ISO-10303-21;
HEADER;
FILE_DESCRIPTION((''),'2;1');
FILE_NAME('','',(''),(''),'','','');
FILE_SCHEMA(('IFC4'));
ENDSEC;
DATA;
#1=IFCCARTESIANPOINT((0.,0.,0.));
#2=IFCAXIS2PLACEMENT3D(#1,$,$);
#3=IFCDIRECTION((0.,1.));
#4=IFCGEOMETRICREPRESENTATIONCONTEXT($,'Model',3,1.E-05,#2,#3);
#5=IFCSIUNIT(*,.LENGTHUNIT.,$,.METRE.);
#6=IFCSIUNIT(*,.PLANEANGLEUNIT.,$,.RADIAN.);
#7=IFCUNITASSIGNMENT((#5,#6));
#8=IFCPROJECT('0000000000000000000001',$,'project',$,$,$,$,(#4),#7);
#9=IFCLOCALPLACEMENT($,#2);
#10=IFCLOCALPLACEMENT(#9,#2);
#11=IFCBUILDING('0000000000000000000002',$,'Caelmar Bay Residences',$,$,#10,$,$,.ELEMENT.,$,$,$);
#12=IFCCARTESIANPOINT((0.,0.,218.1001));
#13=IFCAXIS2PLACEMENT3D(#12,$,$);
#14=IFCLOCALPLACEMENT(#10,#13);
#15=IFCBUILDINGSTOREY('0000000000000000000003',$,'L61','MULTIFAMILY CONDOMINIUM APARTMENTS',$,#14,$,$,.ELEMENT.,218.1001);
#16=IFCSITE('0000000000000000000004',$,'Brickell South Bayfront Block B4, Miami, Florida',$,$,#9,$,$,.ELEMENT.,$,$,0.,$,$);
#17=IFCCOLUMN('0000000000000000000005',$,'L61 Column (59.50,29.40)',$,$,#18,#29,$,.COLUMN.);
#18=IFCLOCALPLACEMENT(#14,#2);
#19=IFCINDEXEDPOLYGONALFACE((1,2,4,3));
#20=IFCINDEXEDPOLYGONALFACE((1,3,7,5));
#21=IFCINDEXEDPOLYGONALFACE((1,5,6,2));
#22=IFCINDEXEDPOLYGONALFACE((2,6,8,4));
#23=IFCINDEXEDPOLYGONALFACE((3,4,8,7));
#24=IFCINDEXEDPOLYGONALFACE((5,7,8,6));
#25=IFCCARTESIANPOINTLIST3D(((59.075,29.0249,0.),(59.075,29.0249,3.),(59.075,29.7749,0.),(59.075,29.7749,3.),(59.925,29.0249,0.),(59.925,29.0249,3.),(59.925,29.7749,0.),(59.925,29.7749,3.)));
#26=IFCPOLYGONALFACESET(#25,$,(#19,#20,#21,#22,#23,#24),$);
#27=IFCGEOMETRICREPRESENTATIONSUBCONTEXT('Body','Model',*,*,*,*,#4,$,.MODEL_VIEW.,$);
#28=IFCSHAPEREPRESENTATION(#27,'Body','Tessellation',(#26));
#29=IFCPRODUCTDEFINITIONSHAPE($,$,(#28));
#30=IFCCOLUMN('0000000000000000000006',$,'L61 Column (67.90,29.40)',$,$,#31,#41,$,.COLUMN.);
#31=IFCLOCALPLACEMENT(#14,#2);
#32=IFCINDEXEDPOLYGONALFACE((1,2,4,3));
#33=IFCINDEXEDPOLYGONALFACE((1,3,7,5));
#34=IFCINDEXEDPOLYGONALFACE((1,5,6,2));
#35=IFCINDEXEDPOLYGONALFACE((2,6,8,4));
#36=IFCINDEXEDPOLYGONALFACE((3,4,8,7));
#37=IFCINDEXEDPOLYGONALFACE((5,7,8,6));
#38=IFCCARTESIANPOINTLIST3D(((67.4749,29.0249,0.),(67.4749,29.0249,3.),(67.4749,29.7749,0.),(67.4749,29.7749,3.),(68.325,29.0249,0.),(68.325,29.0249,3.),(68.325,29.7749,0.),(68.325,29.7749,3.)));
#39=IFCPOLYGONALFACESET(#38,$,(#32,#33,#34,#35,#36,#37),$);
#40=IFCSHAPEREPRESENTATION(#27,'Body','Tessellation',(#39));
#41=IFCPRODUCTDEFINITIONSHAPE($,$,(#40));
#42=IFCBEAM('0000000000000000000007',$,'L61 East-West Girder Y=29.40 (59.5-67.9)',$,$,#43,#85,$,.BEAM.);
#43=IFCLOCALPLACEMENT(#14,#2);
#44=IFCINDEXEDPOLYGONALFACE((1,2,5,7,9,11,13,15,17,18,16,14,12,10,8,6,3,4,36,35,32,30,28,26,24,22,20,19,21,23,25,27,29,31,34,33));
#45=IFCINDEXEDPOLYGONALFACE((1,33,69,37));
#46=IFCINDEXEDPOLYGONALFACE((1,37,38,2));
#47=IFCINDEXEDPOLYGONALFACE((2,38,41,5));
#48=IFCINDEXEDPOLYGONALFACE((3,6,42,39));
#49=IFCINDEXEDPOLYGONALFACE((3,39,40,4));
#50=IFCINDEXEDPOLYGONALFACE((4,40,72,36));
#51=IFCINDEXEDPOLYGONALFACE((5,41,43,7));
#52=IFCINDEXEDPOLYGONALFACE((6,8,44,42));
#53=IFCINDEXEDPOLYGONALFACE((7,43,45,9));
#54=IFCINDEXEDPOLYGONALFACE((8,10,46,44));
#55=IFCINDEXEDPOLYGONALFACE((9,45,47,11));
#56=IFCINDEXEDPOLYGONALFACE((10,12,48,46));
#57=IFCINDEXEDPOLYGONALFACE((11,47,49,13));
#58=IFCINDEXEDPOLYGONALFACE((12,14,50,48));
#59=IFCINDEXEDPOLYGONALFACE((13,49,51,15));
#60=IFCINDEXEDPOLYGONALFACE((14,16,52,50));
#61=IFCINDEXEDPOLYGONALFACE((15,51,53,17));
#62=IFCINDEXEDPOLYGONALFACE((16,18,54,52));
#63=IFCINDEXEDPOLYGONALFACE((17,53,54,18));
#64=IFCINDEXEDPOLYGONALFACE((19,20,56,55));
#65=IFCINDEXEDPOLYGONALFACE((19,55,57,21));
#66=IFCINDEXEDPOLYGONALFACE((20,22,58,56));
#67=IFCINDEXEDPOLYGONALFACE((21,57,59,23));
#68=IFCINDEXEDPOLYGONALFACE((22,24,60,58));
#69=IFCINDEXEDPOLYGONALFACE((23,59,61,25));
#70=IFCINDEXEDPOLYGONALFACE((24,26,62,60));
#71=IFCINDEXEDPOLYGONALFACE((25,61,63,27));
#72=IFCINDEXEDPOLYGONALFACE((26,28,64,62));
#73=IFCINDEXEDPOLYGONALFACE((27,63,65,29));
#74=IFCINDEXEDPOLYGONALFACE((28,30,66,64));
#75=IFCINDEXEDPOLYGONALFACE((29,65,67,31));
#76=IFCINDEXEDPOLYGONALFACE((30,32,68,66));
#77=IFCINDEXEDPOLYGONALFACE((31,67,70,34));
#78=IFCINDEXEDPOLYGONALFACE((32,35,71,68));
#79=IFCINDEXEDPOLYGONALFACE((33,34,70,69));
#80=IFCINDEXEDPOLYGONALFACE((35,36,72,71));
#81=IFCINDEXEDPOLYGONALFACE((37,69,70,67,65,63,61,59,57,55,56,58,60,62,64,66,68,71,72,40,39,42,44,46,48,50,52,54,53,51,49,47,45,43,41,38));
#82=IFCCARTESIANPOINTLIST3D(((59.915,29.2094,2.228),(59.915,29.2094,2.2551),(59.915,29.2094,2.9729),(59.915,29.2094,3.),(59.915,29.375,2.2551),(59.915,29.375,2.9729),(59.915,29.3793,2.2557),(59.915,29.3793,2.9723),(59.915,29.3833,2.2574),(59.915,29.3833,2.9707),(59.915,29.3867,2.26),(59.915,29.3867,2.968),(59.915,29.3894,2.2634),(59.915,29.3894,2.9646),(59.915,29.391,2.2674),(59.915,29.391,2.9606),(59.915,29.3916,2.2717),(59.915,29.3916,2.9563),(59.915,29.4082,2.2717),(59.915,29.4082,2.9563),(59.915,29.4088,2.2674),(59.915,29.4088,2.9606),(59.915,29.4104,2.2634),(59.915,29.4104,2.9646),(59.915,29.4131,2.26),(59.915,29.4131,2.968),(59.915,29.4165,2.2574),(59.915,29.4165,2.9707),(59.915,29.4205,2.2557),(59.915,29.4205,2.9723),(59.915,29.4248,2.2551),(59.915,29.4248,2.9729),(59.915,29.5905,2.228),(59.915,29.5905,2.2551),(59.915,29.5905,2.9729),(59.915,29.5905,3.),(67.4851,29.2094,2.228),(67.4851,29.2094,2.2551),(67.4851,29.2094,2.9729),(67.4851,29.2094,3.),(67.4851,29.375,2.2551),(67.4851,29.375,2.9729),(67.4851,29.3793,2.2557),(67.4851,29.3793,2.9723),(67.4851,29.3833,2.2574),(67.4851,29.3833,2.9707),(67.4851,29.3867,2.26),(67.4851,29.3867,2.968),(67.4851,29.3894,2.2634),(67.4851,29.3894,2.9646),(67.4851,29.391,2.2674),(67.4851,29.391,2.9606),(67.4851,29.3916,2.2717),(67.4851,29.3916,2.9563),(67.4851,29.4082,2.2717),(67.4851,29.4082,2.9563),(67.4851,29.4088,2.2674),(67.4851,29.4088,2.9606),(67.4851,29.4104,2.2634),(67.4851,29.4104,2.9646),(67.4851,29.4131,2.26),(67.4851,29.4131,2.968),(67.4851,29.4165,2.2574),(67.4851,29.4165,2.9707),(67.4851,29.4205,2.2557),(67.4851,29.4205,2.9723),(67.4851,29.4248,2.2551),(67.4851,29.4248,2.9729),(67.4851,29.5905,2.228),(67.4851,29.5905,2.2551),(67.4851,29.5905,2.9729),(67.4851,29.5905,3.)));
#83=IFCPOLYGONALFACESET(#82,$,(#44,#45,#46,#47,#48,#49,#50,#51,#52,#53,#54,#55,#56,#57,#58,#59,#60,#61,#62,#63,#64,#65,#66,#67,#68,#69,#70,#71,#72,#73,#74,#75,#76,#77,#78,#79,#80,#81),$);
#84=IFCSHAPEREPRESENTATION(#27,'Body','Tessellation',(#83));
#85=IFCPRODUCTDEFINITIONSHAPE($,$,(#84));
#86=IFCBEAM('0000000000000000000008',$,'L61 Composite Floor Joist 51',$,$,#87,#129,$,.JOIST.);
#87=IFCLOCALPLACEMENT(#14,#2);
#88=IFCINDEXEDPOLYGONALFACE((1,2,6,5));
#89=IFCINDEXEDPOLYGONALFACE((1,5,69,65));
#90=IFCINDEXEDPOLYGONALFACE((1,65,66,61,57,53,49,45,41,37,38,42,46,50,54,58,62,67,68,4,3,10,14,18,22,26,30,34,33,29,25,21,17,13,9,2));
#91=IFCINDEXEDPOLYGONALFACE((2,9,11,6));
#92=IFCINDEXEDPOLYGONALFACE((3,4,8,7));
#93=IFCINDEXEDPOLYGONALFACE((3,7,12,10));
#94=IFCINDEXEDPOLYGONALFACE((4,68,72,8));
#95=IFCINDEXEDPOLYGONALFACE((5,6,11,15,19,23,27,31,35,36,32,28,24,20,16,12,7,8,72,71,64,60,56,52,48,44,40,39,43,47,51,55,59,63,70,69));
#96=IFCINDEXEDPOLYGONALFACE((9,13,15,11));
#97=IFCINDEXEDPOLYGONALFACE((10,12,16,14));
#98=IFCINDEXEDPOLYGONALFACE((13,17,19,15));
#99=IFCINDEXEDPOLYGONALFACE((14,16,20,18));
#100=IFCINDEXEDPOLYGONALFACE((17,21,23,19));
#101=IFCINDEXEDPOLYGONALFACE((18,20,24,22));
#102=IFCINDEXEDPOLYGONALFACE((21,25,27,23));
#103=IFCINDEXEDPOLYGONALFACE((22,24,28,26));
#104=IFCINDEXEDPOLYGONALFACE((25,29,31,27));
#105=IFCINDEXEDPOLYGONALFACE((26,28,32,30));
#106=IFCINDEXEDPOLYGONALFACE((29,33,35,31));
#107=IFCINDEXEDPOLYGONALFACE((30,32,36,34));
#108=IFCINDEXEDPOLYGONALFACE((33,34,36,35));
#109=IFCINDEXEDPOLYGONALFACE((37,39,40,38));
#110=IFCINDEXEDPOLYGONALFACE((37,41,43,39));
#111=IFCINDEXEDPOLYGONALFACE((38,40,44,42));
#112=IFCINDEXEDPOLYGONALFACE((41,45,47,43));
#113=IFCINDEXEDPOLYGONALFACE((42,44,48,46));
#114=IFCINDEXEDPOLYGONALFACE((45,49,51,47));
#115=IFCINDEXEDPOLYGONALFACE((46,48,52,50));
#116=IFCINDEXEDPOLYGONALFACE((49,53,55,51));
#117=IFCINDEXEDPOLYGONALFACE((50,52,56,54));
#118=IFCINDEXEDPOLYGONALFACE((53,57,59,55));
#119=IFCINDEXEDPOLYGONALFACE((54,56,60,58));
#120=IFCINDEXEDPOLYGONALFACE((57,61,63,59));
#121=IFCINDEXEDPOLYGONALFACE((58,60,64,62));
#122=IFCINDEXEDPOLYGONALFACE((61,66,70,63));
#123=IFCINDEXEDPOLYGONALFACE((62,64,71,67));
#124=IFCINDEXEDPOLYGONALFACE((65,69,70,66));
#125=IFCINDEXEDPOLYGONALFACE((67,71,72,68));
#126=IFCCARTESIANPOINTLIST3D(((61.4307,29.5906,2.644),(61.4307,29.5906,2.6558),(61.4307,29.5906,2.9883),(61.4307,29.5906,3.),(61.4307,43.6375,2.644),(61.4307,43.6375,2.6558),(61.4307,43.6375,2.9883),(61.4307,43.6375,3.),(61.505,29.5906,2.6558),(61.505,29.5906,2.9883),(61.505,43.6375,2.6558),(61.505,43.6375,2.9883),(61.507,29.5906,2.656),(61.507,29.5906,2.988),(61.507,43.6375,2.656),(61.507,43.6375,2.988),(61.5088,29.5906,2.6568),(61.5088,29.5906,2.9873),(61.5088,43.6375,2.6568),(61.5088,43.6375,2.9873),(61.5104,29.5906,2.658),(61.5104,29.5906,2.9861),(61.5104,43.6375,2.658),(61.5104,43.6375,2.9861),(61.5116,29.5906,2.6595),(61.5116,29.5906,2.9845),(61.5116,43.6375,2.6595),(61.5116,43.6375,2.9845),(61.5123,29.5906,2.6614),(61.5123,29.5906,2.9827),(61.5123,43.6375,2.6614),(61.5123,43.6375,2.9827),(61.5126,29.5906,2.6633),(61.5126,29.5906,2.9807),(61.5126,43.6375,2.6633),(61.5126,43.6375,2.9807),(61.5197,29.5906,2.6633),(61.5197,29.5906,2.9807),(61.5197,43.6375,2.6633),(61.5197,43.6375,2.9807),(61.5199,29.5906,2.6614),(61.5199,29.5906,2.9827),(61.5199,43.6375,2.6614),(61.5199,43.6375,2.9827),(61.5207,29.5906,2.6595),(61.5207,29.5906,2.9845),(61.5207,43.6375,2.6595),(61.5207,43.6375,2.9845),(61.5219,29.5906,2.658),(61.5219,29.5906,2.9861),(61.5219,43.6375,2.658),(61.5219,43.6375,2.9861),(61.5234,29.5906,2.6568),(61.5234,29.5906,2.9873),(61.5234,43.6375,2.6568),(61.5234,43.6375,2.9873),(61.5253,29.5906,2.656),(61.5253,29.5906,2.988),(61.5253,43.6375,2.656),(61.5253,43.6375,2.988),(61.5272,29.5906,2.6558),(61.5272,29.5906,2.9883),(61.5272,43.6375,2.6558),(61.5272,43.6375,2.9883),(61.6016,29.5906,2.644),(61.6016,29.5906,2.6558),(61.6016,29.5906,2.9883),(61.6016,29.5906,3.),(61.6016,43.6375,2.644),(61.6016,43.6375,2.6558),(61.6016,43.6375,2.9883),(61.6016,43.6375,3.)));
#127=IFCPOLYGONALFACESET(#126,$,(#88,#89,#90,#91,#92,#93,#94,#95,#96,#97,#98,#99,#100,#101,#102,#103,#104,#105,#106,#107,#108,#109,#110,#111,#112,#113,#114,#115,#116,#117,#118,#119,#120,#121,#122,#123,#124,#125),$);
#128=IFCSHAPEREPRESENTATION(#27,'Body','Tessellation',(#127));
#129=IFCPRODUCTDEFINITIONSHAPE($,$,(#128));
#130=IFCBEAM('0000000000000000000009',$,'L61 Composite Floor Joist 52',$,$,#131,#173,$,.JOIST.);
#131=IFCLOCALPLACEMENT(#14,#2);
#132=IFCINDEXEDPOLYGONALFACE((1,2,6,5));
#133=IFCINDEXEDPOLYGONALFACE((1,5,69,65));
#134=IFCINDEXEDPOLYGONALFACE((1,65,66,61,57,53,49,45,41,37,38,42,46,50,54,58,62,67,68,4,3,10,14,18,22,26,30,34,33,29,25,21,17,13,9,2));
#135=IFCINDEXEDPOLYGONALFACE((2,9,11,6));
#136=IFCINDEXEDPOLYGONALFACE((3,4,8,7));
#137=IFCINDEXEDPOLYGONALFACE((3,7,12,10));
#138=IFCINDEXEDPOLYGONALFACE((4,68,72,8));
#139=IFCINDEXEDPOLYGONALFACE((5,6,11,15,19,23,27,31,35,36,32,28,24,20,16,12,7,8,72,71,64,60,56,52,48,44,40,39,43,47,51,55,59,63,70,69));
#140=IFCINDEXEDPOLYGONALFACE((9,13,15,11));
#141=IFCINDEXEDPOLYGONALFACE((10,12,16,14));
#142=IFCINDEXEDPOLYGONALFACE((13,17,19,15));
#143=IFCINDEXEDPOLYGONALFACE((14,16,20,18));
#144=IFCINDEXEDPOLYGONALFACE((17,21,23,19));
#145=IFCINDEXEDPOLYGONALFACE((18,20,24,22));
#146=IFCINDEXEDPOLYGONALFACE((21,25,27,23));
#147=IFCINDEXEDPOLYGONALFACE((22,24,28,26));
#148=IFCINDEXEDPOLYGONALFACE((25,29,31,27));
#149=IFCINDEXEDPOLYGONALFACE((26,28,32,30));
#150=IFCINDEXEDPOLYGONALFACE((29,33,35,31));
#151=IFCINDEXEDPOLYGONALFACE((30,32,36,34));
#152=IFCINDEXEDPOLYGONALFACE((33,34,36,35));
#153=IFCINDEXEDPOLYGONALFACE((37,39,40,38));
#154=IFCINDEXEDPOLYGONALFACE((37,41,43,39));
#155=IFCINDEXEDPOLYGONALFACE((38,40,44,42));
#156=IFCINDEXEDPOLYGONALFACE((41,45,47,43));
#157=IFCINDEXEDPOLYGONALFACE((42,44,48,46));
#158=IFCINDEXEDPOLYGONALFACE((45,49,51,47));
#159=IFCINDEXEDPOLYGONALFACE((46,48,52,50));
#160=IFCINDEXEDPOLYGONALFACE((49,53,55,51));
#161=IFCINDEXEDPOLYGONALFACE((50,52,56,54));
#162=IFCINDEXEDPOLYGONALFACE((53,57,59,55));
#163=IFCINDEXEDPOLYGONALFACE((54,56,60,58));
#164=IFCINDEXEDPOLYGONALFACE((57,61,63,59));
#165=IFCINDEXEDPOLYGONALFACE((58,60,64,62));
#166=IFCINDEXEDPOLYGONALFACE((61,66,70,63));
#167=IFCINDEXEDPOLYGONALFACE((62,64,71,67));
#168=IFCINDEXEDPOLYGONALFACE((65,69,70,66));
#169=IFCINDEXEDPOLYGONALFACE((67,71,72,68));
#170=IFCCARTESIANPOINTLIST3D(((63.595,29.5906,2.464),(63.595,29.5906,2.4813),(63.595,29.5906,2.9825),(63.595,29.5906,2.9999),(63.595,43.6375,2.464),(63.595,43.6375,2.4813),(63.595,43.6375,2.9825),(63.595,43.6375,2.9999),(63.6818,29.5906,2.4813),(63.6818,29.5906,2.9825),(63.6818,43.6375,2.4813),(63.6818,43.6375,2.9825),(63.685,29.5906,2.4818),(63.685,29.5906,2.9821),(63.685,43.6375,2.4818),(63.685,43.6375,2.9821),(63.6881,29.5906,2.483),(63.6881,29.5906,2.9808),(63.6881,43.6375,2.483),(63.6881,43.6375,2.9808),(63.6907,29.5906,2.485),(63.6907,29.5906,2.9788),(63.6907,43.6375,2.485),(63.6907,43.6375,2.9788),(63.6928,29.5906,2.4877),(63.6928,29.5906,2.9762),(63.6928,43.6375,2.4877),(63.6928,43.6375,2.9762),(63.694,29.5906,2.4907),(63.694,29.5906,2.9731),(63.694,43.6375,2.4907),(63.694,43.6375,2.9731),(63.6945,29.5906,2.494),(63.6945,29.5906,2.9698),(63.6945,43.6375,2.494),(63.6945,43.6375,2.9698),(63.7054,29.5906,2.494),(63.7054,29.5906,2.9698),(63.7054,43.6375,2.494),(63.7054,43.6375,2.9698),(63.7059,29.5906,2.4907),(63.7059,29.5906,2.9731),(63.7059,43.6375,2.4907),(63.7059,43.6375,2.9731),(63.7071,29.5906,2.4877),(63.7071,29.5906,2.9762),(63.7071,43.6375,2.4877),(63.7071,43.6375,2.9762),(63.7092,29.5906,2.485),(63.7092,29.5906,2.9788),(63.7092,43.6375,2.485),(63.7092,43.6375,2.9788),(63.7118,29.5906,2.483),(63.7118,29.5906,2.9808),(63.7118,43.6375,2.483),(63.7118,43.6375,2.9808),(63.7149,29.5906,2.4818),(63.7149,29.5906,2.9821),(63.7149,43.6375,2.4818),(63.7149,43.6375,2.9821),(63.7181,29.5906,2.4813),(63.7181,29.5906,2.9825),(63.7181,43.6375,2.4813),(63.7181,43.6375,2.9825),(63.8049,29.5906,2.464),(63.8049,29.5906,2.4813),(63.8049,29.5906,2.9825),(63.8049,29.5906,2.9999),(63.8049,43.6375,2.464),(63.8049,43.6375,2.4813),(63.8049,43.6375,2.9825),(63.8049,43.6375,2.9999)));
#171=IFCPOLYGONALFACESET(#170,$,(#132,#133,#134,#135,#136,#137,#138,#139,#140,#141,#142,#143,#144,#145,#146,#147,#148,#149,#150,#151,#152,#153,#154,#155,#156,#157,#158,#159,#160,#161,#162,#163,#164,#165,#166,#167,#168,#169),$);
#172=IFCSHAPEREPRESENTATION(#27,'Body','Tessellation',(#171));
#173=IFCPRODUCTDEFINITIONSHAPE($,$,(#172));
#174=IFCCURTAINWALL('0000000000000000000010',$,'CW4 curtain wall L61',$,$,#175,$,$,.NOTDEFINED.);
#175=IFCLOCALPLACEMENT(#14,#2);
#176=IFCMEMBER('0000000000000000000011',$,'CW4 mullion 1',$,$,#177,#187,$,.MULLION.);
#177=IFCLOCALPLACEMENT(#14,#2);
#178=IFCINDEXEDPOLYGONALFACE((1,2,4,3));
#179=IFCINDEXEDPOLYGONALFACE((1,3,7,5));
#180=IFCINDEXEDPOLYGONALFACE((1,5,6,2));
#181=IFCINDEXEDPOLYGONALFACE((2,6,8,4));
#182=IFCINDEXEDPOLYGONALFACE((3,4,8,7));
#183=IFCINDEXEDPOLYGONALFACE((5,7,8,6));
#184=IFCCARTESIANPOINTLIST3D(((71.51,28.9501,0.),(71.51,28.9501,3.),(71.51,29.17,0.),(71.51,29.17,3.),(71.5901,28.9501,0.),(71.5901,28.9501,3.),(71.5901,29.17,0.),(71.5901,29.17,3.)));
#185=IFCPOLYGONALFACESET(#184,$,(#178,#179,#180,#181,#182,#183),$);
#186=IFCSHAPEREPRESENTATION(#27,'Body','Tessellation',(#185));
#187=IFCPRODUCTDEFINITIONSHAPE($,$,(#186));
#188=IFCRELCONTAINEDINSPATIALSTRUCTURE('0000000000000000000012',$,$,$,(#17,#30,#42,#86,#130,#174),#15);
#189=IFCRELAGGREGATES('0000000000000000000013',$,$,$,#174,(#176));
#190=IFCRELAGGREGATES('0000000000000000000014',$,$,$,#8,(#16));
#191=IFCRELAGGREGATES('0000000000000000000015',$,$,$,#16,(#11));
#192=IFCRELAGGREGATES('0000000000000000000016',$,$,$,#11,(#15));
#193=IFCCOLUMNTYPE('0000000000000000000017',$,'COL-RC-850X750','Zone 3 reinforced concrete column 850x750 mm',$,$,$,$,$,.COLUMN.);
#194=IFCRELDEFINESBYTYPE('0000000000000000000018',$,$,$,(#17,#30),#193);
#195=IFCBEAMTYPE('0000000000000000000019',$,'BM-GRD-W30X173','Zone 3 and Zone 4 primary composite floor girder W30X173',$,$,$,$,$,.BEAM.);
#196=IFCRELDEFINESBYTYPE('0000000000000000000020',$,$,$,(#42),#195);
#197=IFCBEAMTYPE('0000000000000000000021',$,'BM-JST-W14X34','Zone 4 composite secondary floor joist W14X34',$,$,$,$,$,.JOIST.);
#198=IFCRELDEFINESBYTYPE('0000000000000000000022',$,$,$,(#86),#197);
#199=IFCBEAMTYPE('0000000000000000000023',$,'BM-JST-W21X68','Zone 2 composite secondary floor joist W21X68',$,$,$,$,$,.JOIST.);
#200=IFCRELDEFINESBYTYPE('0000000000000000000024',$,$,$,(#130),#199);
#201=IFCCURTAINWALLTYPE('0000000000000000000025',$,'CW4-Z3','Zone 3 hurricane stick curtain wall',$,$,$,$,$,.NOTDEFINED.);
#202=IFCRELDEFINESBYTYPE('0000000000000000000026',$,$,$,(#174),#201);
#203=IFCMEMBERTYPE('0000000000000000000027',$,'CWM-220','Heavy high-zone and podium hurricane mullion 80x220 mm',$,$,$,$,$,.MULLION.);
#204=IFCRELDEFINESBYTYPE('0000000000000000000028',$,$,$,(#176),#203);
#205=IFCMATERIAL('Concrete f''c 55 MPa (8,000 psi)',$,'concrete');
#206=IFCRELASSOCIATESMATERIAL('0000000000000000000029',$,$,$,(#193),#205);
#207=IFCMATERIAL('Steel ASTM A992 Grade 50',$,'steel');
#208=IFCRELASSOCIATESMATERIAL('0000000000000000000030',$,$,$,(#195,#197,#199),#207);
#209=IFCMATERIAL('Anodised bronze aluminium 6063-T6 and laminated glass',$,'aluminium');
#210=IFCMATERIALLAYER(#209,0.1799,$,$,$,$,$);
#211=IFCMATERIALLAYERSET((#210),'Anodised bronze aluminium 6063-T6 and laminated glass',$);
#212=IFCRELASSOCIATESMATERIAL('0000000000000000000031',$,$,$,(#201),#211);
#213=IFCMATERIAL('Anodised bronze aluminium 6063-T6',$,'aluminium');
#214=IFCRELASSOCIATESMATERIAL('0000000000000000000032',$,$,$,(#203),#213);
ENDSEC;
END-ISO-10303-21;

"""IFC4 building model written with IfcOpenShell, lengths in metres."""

from ifc_helpers import new_model, si_unit, direction, frame, origin, origin_2d, place, context, subcontext, project, spatial, rectangle, i_section, extrude, material, layer, layer_set, material_profile, profile_set, type_object, element, aggregate, save


model = new_model("IFC4")

# Units and contexts
model_context = context("Model", 3, precision=1e-05, world=origin(), true_north=direction((0.0, 1.0)))
body_context = subcontext(model_context, "Body", "Model", "MODEL_VIEW")
ifc_project = project(units=[si_unit("LENGTHUNIT", "METRE"), si_unit("PLANEANGLEUNIT", "RADIAN")], contexts=[model_context])

# Site, building, storey
site_placement = place(None, origin())
site = spatial("IfcSite", under=ifc_project, at=site_placement, Name="Brickell South Bayfront Block B4, Miami, Florida", CompositionType="ELEMENT", RefElevation=0.0)
building_placement = place(site_placement, origin())
building = spatial("IfcBuilding", under=site, at=building_placement, Name="Caelmar Bay Residences", CompositionType="ELEMENT")
storey_placement = place(building_placement, frame((0.0, 0.0, 218.1001)))
storey = spatial("IfcBuildingStorey", under=building, at=storey_placement, Name="L61", Description="MULTIFAMILY CONDOMINIUM APARTMENTS", CompositionType="ELEMENT", Elevation=218.1001)

# Columns
ifc_material_1 = material(Name="Concrete f'c 55 MPa (8,000 psi)", Category="concrete")
ifc_material_profile_1 = material_profile(ifc_material_1, rectangle(XDim=0.8501, YDim=0.75, at=origin_2d()), Name="RC-COL-850X750")
ifc_profile_set_1 = profile_set([ifc_material_profile_1], Name="Concrete f'c 55 MPa (8,000 psi)")
column_type = type_object("IfcColumnType", Name="COL-RC-850X750", Description="Zone 3 reinforced concrete column 850x750 mm", PredefinedType="COLUMN", material=ifc_profile_set_1)
for number, where, z_axis, x_axis, name in (
    (1, (59.5, 29.3999, 0.0), (0.0, 0.0, 1.0), (1.0, 0.0, 0.0), "L61 Column (59.50,29.40)"),
    (2, (67.8999, 29.3999, 0.0), (0.0, 0.0, 1.0), (1.0, 0.0, 0.0), "L61 Column (67.90,29.40)"),
):
    element("IfcColumn", number, at=place(storey_placement, frame(where, z_axis=z_axis, x_axis=x_axis)), inside=storey, type_object=column_type, Name=name, PredefinedType="COLUMN", context=body_context, shape_type="SweptSolid", body=[
        extrude(rectangle(XDim=0.8501, YDim=0.75, at=origin_2d()), origin(), (0.0, 0.0, 1.0), 3.0),
    ])

# Beams
ifc_material_2 = material(Name="Steel ASTM A992 Grade 50", Category="steel")
ifc_material_profile_2 = material_profile(ifc_material_2, i_section(OverallWidth=0.3811, OverallDepth=0.772, WebThickness=0.0166, FlangeThickness=0.0271, FilletRadius=0.0166, at=origin_2d()), Name="W30X173")
ifc_profile_set_2 = profile_set([ifc_material_profile_2], Name="Steel ASTM A992 Grade 50")
beam_type_1 = type_object("IfcBeamType", Name="BM-GRD-W30X173", Description="Zone 3 and Zone 4 primary composite floor girder W30X173", PredefinedType="BEAM", material=ifc_profile_set_2)
beam_1_placement = place(storey_placement, frame((59.915, 29.3999, 2.614), z_axis=(1.0, 0.0, 0.0), x_axis=(0.0, 1.0, 0.0)))
element("IfcBeam", 3, at=beam_1_placement, inside=storey, type_object=beam_type_1, Name="L61 East-West Girder Y=29.40 (59.5-67.9)", PredefinedType="BEAM", context=body_context, shape_type="SweptSolid", body=[
    extrude(i_section(OverallWidth=0.3811, OverallDepth=0.772, WebThickness=0.0166, FlangeThickness=0.0271, FilletRadius=0.0166, at=origin_2d()), origin(), (0.0, 0.0, 1.0), 7.5701),
])
ifc_material_profile_3 = material_profile(ifc_material_2, i_section(OverallWidth=0.1709, OverallDepth=0.356, WebThickness=0.0071, FlangeThickness=0.0117, FilletRadius=0.0076, at=origin_2d()), Name="W14X34")
ifc_profile_set_3 = profile_set([ifc_material_profile_3], Name="Steel ASTM A992 Grade 50")
beam_type_2 = type_object("IfcBeamType", Name="BM-JST-W14X34", Description="Zone 4 composite secondary floor joist W14X34", PredefinedType="JOIST", material=ifc_profile_set_3)
beam_2_placement = place(storey_placement, frame((61.5161, 29.5906, 2.822), z_axis=(0.0, 1.0, 0.0), x_axis=(-1.0, 0.0, 0.0)))
element("IfcBeam", 4, at=beam_2_placement, inside=storey, type_object=beam_type_2, Name="L61 Composite Floor Joist 51", PredefinedType="JOIST", context=body_context, shape_type="SweptSolid", body=[
    extrude(i_section(OverallWidth=0.1709, OverallDepth=0.356, WebThickness=0.0071, FlangeThickness=0.0117, FilletRadius=0.0076, at=origin_2d()), origin(), (0.0, 0.0, 1.0), 14.0469),
])
ifc_material_profile_4 = material_profile(ifc_material_2, i_section(OverallWidth=0.21, OverallDepth=0.5359, WebThickness=0.011, FlangeThickness=0.0173, FilletRadius=0.0127, at=origin_2d()), Name="W21X68")
ifc_profile_set_4 = profile_set([ifc_material_profile_4], Name="Steel ASTM A992 Grade 50")
beam_type_3 = type_object("IfcBeamType", Name="BM-JST-W21X68", Description="Zone 2 composite secondary floor joist W21X68", PredefinedType="JOIST", material=ifc_profile_set_4)
beam_3_placement = place(storey_placement, frame((63.7, 29.5906, 2.7319), z_axis=(0.0, 1.0, 0.0), x_axis=(-1.0, 0.0, 0.0)))
element("IfcBeam", 5, at=beam_3_placement, inside=storey, type_object=beam_type_3, Name="L61 Composite Floor Joist 52", PredefinedType="JOIST", context=body_context, shape_type="SweptSolid", body=[
    extrude(i_section(OverallWidth=0.21, OverallDepth=0.5359, WebThickness=0.011, FlangeThickness=0.0173, FilletRadius=0.0127, at=origin_2d()), origin(), (0.0, 0.0, 1.0), 14.0469),
])

# Curtain wall, member
ifc_material_3 = material(Name="Anodised bronze aluminium 6063-T6 and laminated glass", Category="aluminium")
ifc_layer_1 = layer(ifc_material_3, 0.1799)
ifc_layer_set_1 = layer_set([ifc_layer_1], Name="Anodised bronze aluminium 6063-T6 and laminated glass")
curtain_wall_type = type_object("IfcCurtainWallType", Name="CW4-Z3", Description="Zone 3 hurricane stick curtain wall", PredefinedType="NOTDEFINED", material=ifc_layer_set_1)
curtain_wall_placement = place(storey_placement, origin())
curtain_wall = element("IfcCurtainWall", 6, at=curtain_wall_placement, inside=storey, type_object=curtain_wall_type, Name="CW4 curtain wall L61", PredefinedType="NOTDEFINED")
ifc_material_4 = material(Name="Anodised bronze aluminium 6063-T6", Category="aluminium")
ifc_material_profile_5 = material_profile(ifc_material_4, rectangle(XDim=0.0801, YDim=0.22, at=origin_2d()), Name="CWM-80X220")
ifc_profile_set_5 = profile_set([ifc_material_profile_5], Name="Anodised bronze aluminium 6063-T6")
member_type_1 = type_object("IfcMemberType", Name="CWM-220", Description="Heavy high-zone and podium hurricane mullion 80x220 mm", PredefinedType="MULLION", material=ifc_profile_set_5)
member_1_placement = place(storey_placement, frame((71.55, 29.0601, 0.0), z_axis=(0.0, 0.0, 1.0), x_axis=(1.0, 0.0, 0.0)))
member_1 = element("IfcMember", 7, at=member_1_placement, type_object=member_type_1, Name="CW4 mullion 1", PredefinedType="MULLION", context=body_context, shape_type="SweptSolid", body=[
    extrude(rectangle(XDim=0.0801, YDim=0.22, at=origin_2d()), origin(), (0.0, 0.0, 1.0), 3.0),
])
aggregate(curtain_wall, [member_1])

save(model, "model.ifc")
